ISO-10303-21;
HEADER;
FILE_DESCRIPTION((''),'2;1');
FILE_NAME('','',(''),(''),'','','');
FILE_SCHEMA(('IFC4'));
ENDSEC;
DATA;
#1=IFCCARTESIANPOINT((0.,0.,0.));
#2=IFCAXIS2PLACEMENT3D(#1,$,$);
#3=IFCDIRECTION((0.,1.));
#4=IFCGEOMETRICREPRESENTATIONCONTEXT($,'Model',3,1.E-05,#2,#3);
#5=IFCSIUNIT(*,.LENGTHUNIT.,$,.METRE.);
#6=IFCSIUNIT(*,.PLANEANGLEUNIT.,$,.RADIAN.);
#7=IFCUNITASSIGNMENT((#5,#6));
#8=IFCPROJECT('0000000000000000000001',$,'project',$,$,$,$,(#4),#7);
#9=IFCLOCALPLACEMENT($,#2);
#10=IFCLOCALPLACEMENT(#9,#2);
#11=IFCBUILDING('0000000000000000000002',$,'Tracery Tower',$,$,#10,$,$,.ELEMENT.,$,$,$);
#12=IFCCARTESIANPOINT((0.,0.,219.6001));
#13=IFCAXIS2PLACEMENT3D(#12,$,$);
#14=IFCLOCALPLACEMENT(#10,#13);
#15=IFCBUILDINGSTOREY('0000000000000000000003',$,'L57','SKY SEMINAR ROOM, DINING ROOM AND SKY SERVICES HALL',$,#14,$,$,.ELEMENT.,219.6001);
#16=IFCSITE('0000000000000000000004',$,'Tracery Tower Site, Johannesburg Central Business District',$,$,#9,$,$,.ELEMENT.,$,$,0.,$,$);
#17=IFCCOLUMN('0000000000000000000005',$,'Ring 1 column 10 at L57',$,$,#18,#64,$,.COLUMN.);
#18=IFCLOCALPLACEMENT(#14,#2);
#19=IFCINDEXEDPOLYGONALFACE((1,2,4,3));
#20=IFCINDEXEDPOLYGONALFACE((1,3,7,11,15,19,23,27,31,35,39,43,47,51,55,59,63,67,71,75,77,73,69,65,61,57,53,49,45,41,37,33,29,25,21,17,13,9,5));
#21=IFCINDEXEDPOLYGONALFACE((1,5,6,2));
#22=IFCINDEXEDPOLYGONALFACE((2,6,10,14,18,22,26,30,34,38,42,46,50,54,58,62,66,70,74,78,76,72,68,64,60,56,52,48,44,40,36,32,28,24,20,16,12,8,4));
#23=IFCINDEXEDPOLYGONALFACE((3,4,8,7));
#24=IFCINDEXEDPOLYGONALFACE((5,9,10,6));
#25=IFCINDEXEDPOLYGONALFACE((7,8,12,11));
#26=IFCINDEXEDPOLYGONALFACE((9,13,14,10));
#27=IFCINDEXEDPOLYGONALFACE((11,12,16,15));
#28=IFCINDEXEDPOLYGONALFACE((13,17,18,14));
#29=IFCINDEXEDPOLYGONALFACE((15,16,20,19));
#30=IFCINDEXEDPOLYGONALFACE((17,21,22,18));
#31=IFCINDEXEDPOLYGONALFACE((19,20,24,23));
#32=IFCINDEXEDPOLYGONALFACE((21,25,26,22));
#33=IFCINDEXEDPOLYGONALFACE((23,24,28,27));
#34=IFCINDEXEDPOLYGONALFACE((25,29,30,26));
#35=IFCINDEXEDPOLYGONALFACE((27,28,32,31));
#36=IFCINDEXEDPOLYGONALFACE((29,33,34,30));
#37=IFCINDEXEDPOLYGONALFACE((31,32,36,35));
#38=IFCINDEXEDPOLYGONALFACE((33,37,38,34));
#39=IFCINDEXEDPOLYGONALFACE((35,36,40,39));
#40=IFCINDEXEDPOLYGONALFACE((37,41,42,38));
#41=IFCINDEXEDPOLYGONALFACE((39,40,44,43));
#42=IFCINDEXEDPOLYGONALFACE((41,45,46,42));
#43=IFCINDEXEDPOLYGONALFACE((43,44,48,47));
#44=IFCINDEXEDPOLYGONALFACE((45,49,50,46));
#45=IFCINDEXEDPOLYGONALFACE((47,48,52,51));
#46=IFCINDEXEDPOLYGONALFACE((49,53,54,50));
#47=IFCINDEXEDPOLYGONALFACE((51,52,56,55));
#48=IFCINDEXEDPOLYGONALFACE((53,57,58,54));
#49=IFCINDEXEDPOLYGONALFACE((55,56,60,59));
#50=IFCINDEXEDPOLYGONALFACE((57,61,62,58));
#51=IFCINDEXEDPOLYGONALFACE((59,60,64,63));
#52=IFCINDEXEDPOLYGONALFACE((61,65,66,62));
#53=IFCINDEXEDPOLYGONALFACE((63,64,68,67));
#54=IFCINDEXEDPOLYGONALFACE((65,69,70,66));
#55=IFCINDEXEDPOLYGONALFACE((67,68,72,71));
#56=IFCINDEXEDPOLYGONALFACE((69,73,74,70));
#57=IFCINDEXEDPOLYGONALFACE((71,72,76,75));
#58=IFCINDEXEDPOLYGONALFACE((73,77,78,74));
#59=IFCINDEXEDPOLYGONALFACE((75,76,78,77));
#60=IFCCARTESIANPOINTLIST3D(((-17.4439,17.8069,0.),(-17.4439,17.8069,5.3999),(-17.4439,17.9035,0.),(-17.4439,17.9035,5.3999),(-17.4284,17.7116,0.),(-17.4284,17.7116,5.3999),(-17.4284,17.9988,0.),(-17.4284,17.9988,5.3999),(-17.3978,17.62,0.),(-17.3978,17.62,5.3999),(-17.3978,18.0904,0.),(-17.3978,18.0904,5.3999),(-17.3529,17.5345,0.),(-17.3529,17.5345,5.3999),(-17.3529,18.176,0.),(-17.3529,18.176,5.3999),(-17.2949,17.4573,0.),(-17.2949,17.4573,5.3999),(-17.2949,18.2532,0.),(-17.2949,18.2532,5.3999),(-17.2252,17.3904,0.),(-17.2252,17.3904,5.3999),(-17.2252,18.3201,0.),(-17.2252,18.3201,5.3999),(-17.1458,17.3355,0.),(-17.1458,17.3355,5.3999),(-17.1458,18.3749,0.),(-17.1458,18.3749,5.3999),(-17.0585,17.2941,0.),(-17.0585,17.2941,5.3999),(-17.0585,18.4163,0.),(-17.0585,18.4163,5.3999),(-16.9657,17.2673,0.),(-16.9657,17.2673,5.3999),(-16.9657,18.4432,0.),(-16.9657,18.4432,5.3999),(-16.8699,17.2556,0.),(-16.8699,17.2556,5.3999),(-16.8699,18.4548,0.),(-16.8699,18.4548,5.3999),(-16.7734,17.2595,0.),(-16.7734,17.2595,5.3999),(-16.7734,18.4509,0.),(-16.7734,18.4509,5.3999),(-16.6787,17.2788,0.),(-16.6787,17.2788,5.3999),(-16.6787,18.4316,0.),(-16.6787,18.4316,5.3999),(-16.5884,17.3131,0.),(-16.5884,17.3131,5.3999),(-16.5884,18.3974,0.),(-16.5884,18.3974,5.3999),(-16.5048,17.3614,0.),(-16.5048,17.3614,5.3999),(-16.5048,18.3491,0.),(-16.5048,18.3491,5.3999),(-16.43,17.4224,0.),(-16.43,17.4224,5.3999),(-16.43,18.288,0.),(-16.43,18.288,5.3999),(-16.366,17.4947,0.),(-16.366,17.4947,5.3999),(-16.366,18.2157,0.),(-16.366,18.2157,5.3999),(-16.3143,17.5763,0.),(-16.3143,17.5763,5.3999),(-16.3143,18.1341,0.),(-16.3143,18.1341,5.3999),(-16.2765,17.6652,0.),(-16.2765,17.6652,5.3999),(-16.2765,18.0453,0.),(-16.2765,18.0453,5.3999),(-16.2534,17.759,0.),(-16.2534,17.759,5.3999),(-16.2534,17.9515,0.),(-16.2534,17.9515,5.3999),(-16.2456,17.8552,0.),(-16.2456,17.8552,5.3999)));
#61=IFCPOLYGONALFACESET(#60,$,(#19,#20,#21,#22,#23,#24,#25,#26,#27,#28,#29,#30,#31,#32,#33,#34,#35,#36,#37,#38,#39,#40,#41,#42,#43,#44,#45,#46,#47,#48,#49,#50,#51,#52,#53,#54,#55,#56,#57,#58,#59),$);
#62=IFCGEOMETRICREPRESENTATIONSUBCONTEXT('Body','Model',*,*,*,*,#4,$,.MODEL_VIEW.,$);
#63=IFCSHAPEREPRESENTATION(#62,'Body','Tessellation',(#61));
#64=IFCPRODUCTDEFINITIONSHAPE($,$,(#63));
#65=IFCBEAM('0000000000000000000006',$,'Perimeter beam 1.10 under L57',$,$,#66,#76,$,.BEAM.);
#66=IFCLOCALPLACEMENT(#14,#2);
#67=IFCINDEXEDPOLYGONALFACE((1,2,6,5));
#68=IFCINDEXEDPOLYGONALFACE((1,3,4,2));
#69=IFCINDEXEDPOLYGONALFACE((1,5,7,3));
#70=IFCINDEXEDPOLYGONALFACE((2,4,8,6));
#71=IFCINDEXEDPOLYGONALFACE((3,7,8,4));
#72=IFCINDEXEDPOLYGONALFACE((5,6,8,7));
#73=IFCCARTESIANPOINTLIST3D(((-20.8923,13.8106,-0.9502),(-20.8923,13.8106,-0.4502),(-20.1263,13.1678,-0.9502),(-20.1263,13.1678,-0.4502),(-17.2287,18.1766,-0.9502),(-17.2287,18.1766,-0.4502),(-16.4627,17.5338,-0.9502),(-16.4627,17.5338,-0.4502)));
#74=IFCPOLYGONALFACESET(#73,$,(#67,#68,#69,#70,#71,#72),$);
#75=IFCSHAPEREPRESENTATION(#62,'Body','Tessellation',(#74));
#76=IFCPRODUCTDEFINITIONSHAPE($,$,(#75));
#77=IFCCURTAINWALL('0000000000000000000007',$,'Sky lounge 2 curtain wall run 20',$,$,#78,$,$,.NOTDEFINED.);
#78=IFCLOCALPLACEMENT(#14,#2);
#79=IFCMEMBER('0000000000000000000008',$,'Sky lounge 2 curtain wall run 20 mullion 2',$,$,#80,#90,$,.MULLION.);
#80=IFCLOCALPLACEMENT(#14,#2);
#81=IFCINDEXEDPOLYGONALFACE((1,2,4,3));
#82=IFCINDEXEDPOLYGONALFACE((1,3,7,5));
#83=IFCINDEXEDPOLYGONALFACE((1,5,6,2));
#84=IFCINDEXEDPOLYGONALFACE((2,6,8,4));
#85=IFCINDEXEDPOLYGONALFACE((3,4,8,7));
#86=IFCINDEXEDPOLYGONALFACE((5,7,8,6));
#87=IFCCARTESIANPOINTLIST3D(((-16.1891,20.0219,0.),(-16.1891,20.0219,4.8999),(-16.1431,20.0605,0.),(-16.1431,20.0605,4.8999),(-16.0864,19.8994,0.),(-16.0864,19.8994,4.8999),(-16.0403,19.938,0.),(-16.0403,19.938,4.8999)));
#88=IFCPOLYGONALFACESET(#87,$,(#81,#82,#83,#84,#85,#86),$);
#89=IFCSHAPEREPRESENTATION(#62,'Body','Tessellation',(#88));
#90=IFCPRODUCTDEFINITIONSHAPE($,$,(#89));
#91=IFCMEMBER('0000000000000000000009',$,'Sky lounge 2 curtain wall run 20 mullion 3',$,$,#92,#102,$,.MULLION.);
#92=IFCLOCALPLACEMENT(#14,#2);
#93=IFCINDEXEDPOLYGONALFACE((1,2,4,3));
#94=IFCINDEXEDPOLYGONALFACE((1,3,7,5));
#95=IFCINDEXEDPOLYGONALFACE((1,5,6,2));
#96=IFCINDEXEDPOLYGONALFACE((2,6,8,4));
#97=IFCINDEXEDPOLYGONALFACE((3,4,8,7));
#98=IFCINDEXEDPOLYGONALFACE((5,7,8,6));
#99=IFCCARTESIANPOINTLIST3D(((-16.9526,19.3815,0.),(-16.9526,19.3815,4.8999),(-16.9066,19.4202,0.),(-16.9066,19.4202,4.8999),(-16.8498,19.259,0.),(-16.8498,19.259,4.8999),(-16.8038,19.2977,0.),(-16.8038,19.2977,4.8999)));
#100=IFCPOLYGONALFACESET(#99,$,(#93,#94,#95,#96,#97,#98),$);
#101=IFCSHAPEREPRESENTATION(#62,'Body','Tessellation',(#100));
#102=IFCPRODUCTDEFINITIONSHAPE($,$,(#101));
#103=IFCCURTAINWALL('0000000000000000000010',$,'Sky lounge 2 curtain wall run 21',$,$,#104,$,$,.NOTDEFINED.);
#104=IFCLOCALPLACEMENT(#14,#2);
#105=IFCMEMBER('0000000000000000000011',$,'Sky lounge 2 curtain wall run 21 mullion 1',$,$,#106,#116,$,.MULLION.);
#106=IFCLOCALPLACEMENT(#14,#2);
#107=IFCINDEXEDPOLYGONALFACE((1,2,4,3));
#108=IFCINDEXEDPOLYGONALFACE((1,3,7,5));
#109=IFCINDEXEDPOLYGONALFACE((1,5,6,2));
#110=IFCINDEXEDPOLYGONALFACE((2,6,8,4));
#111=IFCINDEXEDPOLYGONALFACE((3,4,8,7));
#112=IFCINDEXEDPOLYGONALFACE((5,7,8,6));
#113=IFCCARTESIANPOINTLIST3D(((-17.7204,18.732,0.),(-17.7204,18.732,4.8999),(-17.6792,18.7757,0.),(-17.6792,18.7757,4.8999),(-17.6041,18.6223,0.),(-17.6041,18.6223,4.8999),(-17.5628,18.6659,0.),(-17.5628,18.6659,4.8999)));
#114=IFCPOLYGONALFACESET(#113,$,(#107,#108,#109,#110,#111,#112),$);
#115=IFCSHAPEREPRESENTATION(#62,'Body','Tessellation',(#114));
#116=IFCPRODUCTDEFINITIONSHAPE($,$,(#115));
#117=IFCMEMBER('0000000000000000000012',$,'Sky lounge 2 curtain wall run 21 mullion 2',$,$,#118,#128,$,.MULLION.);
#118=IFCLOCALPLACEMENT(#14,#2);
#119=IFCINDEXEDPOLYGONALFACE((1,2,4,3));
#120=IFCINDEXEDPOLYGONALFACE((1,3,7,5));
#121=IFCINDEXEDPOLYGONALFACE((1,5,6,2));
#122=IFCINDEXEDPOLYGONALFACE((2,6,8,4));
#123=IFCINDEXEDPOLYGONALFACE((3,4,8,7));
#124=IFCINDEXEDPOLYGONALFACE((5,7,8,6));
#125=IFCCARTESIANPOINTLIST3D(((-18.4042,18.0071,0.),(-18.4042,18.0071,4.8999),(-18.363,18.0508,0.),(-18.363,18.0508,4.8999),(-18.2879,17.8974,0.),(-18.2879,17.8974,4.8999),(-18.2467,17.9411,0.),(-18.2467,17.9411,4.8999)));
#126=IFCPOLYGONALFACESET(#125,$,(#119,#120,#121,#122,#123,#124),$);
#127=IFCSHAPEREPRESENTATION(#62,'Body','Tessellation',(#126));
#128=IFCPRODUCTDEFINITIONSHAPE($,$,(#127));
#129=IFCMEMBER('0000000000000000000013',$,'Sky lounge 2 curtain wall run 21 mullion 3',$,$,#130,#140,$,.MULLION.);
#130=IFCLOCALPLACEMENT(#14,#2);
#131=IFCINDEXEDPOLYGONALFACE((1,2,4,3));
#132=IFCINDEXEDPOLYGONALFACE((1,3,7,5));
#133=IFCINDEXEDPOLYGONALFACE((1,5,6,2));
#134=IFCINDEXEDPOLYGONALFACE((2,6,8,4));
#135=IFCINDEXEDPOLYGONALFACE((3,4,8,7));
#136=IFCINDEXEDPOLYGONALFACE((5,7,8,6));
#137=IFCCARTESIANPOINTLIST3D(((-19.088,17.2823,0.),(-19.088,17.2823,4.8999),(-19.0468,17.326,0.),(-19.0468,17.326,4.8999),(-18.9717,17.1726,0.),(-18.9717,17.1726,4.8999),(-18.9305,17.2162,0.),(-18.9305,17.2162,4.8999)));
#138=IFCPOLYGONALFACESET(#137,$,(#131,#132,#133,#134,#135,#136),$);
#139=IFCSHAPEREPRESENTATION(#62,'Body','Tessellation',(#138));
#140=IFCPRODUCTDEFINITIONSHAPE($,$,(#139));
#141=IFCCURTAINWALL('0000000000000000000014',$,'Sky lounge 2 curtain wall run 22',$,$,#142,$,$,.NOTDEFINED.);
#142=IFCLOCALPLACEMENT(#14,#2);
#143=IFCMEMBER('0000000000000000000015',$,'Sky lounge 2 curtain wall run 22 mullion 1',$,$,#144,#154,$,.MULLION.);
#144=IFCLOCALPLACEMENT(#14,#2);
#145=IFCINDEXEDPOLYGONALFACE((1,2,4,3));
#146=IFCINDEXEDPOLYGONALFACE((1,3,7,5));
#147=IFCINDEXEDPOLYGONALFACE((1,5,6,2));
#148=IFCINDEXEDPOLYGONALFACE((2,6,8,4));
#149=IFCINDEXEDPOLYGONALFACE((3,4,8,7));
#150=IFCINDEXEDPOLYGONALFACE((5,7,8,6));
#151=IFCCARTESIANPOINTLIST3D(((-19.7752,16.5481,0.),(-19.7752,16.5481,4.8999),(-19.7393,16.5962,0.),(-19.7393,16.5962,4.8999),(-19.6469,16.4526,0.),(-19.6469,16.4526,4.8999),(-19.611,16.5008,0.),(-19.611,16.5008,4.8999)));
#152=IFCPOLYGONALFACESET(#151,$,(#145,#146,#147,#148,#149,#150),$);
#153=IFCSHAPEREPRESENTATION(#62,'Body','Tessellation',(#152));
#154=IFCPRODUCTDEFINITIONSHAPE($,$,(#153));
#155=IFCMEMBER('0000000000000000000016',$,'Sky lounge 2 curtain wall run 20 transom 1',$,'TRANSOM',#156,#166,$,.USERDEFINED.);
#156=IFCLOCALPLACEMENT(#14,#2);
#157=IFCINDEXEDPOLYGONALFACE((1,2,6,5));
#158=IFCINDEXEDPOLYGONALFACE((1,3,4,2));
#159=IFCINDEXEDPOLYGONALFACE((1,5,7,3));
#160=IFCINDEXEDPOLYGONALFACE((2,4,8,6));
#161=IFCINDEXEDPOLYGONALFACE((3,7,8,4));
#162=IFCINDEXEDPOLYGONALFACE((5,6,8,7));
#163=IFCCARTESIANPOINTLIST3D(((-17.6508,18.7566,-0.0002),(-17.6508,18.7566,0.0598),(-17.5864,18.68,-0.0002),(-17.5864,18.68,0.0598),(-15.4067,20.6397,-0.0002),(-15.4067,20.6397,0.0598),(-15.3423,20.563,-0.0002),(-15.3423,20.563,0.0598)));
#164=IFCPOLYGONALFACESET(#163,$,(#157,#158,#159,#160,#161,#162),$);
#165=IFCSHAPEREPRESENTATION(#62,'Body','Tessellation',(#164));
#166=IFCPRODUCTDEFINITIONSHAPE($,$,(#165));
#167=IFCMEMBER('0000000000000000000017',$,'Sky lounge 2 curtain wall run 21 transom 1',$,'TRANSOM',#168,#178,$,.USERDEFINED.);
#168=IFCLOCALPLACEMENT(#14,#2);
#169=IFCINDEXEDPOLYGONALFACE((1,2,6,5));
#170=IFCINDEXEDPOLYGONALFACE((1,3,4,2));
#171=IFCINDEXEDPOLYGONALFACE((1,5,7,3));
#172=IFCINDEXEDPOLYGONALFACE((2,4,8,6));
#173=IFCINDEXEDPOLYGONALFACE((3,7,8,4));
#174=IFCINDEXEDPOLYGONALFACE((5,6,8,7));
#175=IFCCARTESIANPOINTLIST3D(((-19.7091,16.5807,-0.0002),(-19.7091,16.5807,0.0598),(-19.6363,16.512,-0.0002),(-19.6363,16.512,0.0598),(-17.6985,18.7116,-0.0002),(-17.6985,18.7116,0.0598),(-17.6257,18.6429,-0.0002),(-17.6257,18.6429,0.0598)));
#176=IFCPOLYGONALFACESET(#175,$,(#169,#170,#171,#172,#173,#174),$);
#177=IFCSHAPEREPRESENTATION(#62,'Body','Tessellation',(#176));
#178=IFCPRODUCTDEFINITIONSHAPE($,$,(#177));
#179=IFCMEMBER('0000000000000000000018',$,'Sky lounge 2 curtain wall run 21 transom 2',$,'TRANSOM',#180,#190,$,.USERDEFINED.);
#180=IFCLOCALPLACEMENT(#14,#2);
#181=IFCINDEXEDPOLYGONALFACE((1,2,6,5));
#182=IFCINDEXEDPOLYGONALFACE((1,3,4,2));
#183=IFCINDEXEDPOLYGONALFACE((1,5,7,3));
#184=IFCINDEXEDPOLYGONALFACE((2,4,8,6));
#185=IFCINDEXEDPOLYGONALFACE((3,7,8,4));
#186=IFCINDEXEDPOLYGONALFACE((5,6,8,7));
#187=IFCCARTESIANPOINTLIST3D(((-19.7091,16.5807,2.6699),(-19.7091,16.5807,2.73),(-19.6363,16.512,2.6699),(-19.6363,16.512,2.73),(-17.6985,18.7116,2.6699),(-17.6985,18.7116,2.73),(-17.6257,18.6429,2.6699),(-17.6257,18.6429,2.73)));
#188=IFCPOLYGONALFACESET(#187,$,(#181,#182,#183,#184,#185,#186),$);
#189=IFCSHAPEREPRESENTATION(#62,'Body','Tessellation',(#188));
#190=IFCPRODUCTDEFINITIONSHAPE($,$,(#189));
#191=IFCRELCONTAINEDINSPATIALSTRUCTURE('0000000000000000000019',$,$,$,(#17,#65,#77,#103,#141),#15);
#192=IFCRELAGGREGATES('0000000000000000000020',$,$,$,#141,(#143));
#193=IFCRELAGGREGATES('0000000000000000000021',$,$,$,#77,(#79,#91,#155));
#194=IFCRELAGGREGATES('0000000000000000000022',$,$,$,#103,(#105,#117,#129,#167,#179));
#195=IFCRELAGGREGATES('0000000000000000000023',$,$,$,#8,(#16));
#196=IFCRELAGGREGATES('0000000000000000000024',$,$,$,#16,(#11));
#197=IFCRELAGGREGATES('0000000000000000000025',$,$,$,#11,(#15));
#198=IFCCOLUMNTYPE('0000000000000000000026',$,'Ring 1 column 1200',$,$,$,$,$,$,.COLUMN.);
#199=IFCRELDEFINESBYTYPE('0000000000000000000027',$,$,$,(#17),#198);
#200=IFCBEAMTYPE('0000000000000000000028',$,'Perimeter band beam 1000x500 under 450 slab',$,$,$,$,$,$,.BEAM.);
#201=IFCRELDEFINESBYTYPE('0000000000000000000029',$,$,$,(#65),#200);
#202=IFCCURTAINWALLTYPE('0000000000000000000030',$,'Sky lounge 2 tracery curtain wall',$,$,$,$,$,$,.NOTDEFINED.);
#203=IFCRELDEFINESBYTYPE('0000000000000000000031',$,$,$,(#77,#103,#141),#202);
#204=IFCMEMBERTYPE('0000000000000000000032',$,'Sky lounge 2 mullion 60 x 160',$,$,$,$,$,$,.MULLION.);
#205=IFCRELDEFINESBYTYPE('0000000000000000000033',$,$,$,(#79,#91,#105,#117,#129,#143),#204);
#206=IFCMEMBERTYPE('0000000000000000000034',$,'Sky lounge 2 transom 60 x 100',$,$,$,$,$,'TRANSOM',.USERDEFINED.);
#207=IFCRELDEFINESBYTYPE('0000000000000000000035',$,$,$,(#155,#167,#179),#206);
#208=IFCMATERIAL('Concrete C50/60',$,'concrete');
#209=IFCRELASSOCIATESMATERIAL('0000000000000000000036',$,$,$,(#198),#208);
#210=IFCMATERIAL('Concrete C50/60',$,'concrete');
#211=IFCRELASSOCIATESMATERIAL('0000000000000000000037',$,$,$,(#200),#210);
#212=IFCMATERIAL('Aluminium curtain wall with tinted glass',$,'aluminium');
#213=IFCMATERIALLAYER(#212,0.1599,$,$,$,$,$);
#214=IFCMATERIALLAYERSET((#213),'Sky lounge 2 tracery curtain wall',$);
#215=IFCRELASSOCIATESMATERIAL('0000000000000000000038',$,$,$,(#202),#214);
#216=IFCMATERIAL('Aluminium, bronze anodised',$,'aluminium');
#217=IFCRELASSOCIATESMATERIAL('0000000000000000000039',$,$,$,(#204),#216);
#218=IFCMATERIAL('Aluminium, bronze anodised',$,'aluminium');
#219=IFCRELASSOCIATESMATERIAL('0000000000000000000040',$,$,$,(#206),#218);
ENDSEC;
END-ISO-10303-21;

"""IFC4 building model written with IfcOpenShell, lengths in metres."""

from ifc_helpers import new_model, si_unit, direction, frame, origin, origin_2d, place, context, subcontext, project, spatial, rectangle, circle, extrude, material, layer, layer_set, material_profile, profile_set, type_object, element, aggregate, save


model = new_model("IFC4")

# Units and contexts
model_context = context("Model", 3, precision=1e-05, world=origin(), true_north=direction((0.0, 1.0)))
body_context = subcontext(model_context, "Body", "Model", "MODEL_VIEW")
ifc_project = project(units=[si_unit("LENGTHUNIT", "METRE"), si_unit("PLANEANGLEUNIT", "RADIAN")], contexts=[model_context])

# Site, building, storey
site_placement = place(None, origin())
site = spatial("IfcSite", under=ifc_project, at=site_placement, Name="Tracery Tower Site, Johannesburg Central Business District", CompositionType="ELEMENT", RefElevation=0.0)
building_placement = place(site_placement, origin())
building = spatial("IfcBuilding", under=site, at=building_placement, Name="Tracery Tower", CompositionType="ELEMENT")
storey_placement = place(building_placement, frame((0.0, 0.0, 219.6001)))
storey = spatial("IfcBuildingStorey", under=building, at=storey_placement, Name="L57", Description="SKY SEMINAR ROOM, DINING ROOM AND SKY SERVICES HALL", CompositionType="ELEMENT", Elevation=219.6001)

# Column
ifc_material_1 = material(Name="Concrete C50/60", Category="concrete")
ifc_material_profile_1 = material_profile(ifc_material_1, circle(Radius=0.6001, at=origin_2d()), Name="RC D1200")
ifc_profile_set_1 = profile_set([ifc_material_profile_1], Name="Concrete C50/60")
column_type = type_object("IfcColumnType", Name="Ring 1 column 1200", PredefinedType="COLUMN", material=ifc_profile_set_1)
column_placement = place(storey_placement, frame((-16.8457, 17.8552, 0.0), z_axis=(0.0, 0.0, 1.0), x_axis=(1.0, 0.0, 0.0)))
element("IfcColumn", 1, at=column_placement, inside=storey, type_object=column_type, Name="Ring 1 column 10 at L57", PredefinedType="COLUMN", context=body_context, shape_type="SweptSolid", body=[
    extrude(circle(Radius=0.6001, at=origin_2d()), origin(), (0.0, 0.0, 1.0), 5.3999),
])

# Beam
ifc_material_2 = material(Name="Concrete C50/60", Category="concrete")
ifc_material_profile_2 = material_profile(ifc_material_2, rectangle(XDim=1.0, YDim=0.5, at=origin_2d()), Name="RC 1000x500")
ifc_profile_set_2 = profile_set([ifc_material_profile_2], Name="Concrete C50/60")
beam_type = type_object("IfcBeamType", Name="Perimeter band beam 1000x500 under 450 slab", PredefinedType="BEAM", material=ifc_profile_set_2)
beam_placement = place(storey_placement, frame((-16.8457, 17.8552, -0.7002), z_axis=(-0.642797, -0.766036, 0.0), x_axis=(0.766036, -0.642797, 0.0)))
element("IfcBeam", 2, at=beam_placement, inside=storey, type_object=beam_type, Name="Perimeter beam 1.10 under L57", PredefinedType="BEAM", context=body_context, shape_type="SweptSolid", body=[
    extrude(rectangle(XDim=1.0, YDim=0.5, at=origin_2d()), origin(), (0.0, 0.0, 1.0), 5.6995),
])

# Curtain walls, members
ifc_material_3 = material(Name="Aluminium curtain wall with tinted glass", Category="aluminium")
ifc_layer_1 = layer(ifc_material_3, 0.1599)
ifc_layer_set_1 = layer_set([ifc_layer_1], Name="Sky lounge 2 tracery curtain wall")
curtain_wall_type = type_object("IfcCurtainWallType", Name="Sky lounge 2 tracery curtain wall", PredefinedType="NOTDEFINED", material=ifc_layer_set_1)
curtain_wall_1_placement = place(storey_placement, origin())
curtain_wall_1 = element("IfcCurtainWall", 3, at=curtain_wall_1_placement, inside=storey, type_object=curtain_wall_type, Name="Sky lounge 2 curtain wall run 20", PredefinedType="NOTDEFINED")
ifc_material_4 = material(Name="Aluminium, bronze anodised", Category="aluminium")
ifc_material_profile_3 = material_profile(ifc_material_4, rectangle(XDim=0.1599, YDim=0.0601, at=origin_2d()), Name="AL 60x160")
ifc_profile_set_3 = profile_set([ifc_material_profile_3], Name="Aluminium, bronze anodised")
member_type_1 = type_object("IfcMemberType", Name="Sky lounge 2 mullion 60 x 160", PredefinedType="MULLION", material=ifc_profile_set_3)
member_1_placement = place(storey_placement, frame((-16.1147, 19.98, 0.0), z_axis=(0.0, 0.0, 1.0), x_axis=(0.642788, -0.766044, 0.0)))
member_1 = element("IfcMember", 4, at=member_1_placement, type_object=member_type_1, Name="Sky lounge 2 curtain wall run 20 mullion 2", PredefinedType="MULLION", context=body_context, shape_type="SweptSolid", body=[
    extrude(rectangle(XDim=0.1599, YDim=0.0601, at=origin_2d()), origin(), (0.0, 0.0, 1.0), 4.8999),
])
member_2_placement = place(storey_placement, frame((-16.8782, 19.3396, 0.0), z_axis=(0.0, 0.0, 1.0), x_axis=(0.642788, -0.766044, 0.0)))
member_2 = element("IfcMember", 5, at=member_2_placement, type_object=member_type_1, Name="Sky lounge 2 curtain wall run 20 mullion 3", PredefinedType="MULLION", context=body_context, shape_type="SweptSolid", body=[
    extrude(rectangle(XDim=0.1599, YDim=0.0601, at=origin_2d()), origin(), (0.0, 0.0, 1.0), 4.8999),
])
curtain_wall_2_placement = place(storey_placement, origin())
curtain_wall_2 = element("IfcCurtainWall", 6, at=curtain_wall_2_placement, inside=storey, type_object=curtain_wall_type, Name="Sky lounge 2 curtain wall run 21", PredefinedType="NOTDEFINED")
member_3_placement = place(storey_placement, frame((-17.6416, 18.699, 0.0), z_axis=(0.0, 0.0, 1.0), x_axis=(0.727374, -0.686242, 0.0)))
member_3 = element("IfcMember", 7, at=member_3_placement, type_object=member_type_1, Name="Sky lounge 2 curtain wall run 21 mullion 1", PredefinedType="MULLION", context=body_context, shape_type="SweptSolid", body=[
    extrude(rectangle(XDim=0.1599, YDim=0.0601, at=origin_2d()), origin(), (0.0, 0.0, 1.0), 4.8999),
])
member_4_placement = place(storey_placement, frame((-18.3254, 17.9741, 0.0), z_axis=(0.0, 0.0, 1.0), x_axis=(0.727374, -0.686242, 0.0)))
member_4 = element("IfcMember", 8, at=member_4_placement, type_object=member_type_1, Name="Sky lounge 2 curtain wall run 21 mullion 2", PredefinedType="MULLION", context=body_context, shape_type="SweptSolid", body=[
    extrude(rectangle(XDim=0.1599, YDim=0.0601, at=origin_2d()), origin(), (0.0, 0.0, 1.0), 4.8999),
])
member_5_placement = place(storey_placement, frame((-19.0093, 17.2493, 0.0), z_axis=(0.0, 0.0, 1.0), x_axis=(0.727374, -0.686242, 0.0)))
member_5 = element("IfcMember", 9, at=member_5_placement, type_object=member_type_1, Name="Sky lounge 2 curtain wall run 21 mullion 3", PredefinedType="MULLION", context=body_context, shape_type="SweptSolid", body=[
    extrude(rectangle(XDim=0.1599, YDim=0.0601, at=origin_2d()), origin(), (0.0, 0.0, 1.0), 4.8999),
])

# Curtain wall, member
curtain_wall_3_placement = place(storey_placement, origin())
curtain_wall_3 = element("IfcCurtainWall", 10, at=curtain_wall_3_placement, inside=storey, type_object=curtain_wall_type, Name="Sky lounge 2 curtain wall run 22", PredefinedType="NOTDEFINED")
member_6_placement = place(storey_placement, frame((-19.6931, 16.5244, 0.0), z_axis=(0.0, 0.0, 1.0), x_axis=(0.802123, -0.597159, 0.0)))
member_6 = element("IfcMember", 11, at=member_6_placement, type_object=member_type_1, Name="Sky lounge 2 curtain wall run 22 mullion 1", PredefinedType="MULLION", context=body_context, shape_type="SweptSolid", body=[
    extrude(rectangle(XDim=0.1599, YDim=0.0601, at=origin_2d()), origin(), (0.0, 0.0, 1.0), 4.8999),
])

# Members
ifc_material_5 = material(Name="Aluminium, bronze anodised", Category="aluminium")
ifc_material_profile_4 = material_profile(ifc_material_5, rectangle(XDim=0.1001, YDim=0.0601, at=origin_2d()), Name="AL 60x100")
ifc_profile_set_4 = profile_set([ifc_material_profile_4], Name="Aluminium, bronze anodised")
member_type_2 = type_object("IfcMemberType", Name="Sky lounge 2 transom 60 x 100", ElementType="TRANSOM", PredefinedType="USERDEFINED", material=ifc_profile_set_4)
member_7_placement = place(storey_placement, frame((-15.3745, 20.6013, 0.0298), z_axis=(-0.766045, -0.642787, 0.0), x_axis=(0.642787, -0.766045, 0.0)))
member_7 = element("IfcMember", 12, at=member_7_placement, type_object=member_type_2, Name="Sky lounge 2 curtain wall run 20 transom 1", ObjectType="TRANSOM", PredefinedType="USERDEFINED", context=body_context, shape_type="SweptSolid", body=[
    extrude(rectangle(XDim=0.1001, YDim=0.0601, at=origin_2d()), origin(), (0.0, 0.0, 1.0), 2.9294),
])
member_8_placement = place(storey_placement, frame((-17.6621, 18.6772, 0.0298), z_axis=(-0.686266, -0.72735, 0.0), x_axis=(0.72735, -0.686266, 0.0)))
member_8 = element("IfcMember", 13, at=member_8_placement, type_object=member_type_2, Name="Sky lounge 2 curtain wall run 21 transom 1", ObjectType="TRANSOM", PredefinedType="USERDEFINED", context=body_context, shape_type="SweptSolid", body=[
    extrude(rectangle(XDim=0.1001, YDim=0.0601, at=origin_2d()), origin(), (0.0, 0.0, 1.0), 2.9297),
])
member_9_placement = place(storey_placement, frame((-17.6621, 18.6772, 2.7), z_axis=(-0.686266, -0.72735, 0.0), x_axis=(0.72735, -0.686266, 0.0)))
member_9 = element("IfcMember", 14, at=member_9_placement, type_object=member_type_2, Name="Sky lounge 2 curtain wall run 21 transom 2", ObjectType="TRANSOM", PredefinedType="USERDEFINED", context=body_context, shape_type="SweptSolid", body=[
    extrude(rectangle(XDim=0.1001, YDim=0.0601, at=origin_2d()), origin(), (0.0, 0.0, 1.0), 2.9297),
])
aggregate(curtain_wall_3, [member_6])

aggregate(curtain_wall_1, [member_1, member_2, member_7])
aggregate(curtain_wall_2, [member_3, member_4, member_5, member_8, member_9])

save(model, "model.ifc")
